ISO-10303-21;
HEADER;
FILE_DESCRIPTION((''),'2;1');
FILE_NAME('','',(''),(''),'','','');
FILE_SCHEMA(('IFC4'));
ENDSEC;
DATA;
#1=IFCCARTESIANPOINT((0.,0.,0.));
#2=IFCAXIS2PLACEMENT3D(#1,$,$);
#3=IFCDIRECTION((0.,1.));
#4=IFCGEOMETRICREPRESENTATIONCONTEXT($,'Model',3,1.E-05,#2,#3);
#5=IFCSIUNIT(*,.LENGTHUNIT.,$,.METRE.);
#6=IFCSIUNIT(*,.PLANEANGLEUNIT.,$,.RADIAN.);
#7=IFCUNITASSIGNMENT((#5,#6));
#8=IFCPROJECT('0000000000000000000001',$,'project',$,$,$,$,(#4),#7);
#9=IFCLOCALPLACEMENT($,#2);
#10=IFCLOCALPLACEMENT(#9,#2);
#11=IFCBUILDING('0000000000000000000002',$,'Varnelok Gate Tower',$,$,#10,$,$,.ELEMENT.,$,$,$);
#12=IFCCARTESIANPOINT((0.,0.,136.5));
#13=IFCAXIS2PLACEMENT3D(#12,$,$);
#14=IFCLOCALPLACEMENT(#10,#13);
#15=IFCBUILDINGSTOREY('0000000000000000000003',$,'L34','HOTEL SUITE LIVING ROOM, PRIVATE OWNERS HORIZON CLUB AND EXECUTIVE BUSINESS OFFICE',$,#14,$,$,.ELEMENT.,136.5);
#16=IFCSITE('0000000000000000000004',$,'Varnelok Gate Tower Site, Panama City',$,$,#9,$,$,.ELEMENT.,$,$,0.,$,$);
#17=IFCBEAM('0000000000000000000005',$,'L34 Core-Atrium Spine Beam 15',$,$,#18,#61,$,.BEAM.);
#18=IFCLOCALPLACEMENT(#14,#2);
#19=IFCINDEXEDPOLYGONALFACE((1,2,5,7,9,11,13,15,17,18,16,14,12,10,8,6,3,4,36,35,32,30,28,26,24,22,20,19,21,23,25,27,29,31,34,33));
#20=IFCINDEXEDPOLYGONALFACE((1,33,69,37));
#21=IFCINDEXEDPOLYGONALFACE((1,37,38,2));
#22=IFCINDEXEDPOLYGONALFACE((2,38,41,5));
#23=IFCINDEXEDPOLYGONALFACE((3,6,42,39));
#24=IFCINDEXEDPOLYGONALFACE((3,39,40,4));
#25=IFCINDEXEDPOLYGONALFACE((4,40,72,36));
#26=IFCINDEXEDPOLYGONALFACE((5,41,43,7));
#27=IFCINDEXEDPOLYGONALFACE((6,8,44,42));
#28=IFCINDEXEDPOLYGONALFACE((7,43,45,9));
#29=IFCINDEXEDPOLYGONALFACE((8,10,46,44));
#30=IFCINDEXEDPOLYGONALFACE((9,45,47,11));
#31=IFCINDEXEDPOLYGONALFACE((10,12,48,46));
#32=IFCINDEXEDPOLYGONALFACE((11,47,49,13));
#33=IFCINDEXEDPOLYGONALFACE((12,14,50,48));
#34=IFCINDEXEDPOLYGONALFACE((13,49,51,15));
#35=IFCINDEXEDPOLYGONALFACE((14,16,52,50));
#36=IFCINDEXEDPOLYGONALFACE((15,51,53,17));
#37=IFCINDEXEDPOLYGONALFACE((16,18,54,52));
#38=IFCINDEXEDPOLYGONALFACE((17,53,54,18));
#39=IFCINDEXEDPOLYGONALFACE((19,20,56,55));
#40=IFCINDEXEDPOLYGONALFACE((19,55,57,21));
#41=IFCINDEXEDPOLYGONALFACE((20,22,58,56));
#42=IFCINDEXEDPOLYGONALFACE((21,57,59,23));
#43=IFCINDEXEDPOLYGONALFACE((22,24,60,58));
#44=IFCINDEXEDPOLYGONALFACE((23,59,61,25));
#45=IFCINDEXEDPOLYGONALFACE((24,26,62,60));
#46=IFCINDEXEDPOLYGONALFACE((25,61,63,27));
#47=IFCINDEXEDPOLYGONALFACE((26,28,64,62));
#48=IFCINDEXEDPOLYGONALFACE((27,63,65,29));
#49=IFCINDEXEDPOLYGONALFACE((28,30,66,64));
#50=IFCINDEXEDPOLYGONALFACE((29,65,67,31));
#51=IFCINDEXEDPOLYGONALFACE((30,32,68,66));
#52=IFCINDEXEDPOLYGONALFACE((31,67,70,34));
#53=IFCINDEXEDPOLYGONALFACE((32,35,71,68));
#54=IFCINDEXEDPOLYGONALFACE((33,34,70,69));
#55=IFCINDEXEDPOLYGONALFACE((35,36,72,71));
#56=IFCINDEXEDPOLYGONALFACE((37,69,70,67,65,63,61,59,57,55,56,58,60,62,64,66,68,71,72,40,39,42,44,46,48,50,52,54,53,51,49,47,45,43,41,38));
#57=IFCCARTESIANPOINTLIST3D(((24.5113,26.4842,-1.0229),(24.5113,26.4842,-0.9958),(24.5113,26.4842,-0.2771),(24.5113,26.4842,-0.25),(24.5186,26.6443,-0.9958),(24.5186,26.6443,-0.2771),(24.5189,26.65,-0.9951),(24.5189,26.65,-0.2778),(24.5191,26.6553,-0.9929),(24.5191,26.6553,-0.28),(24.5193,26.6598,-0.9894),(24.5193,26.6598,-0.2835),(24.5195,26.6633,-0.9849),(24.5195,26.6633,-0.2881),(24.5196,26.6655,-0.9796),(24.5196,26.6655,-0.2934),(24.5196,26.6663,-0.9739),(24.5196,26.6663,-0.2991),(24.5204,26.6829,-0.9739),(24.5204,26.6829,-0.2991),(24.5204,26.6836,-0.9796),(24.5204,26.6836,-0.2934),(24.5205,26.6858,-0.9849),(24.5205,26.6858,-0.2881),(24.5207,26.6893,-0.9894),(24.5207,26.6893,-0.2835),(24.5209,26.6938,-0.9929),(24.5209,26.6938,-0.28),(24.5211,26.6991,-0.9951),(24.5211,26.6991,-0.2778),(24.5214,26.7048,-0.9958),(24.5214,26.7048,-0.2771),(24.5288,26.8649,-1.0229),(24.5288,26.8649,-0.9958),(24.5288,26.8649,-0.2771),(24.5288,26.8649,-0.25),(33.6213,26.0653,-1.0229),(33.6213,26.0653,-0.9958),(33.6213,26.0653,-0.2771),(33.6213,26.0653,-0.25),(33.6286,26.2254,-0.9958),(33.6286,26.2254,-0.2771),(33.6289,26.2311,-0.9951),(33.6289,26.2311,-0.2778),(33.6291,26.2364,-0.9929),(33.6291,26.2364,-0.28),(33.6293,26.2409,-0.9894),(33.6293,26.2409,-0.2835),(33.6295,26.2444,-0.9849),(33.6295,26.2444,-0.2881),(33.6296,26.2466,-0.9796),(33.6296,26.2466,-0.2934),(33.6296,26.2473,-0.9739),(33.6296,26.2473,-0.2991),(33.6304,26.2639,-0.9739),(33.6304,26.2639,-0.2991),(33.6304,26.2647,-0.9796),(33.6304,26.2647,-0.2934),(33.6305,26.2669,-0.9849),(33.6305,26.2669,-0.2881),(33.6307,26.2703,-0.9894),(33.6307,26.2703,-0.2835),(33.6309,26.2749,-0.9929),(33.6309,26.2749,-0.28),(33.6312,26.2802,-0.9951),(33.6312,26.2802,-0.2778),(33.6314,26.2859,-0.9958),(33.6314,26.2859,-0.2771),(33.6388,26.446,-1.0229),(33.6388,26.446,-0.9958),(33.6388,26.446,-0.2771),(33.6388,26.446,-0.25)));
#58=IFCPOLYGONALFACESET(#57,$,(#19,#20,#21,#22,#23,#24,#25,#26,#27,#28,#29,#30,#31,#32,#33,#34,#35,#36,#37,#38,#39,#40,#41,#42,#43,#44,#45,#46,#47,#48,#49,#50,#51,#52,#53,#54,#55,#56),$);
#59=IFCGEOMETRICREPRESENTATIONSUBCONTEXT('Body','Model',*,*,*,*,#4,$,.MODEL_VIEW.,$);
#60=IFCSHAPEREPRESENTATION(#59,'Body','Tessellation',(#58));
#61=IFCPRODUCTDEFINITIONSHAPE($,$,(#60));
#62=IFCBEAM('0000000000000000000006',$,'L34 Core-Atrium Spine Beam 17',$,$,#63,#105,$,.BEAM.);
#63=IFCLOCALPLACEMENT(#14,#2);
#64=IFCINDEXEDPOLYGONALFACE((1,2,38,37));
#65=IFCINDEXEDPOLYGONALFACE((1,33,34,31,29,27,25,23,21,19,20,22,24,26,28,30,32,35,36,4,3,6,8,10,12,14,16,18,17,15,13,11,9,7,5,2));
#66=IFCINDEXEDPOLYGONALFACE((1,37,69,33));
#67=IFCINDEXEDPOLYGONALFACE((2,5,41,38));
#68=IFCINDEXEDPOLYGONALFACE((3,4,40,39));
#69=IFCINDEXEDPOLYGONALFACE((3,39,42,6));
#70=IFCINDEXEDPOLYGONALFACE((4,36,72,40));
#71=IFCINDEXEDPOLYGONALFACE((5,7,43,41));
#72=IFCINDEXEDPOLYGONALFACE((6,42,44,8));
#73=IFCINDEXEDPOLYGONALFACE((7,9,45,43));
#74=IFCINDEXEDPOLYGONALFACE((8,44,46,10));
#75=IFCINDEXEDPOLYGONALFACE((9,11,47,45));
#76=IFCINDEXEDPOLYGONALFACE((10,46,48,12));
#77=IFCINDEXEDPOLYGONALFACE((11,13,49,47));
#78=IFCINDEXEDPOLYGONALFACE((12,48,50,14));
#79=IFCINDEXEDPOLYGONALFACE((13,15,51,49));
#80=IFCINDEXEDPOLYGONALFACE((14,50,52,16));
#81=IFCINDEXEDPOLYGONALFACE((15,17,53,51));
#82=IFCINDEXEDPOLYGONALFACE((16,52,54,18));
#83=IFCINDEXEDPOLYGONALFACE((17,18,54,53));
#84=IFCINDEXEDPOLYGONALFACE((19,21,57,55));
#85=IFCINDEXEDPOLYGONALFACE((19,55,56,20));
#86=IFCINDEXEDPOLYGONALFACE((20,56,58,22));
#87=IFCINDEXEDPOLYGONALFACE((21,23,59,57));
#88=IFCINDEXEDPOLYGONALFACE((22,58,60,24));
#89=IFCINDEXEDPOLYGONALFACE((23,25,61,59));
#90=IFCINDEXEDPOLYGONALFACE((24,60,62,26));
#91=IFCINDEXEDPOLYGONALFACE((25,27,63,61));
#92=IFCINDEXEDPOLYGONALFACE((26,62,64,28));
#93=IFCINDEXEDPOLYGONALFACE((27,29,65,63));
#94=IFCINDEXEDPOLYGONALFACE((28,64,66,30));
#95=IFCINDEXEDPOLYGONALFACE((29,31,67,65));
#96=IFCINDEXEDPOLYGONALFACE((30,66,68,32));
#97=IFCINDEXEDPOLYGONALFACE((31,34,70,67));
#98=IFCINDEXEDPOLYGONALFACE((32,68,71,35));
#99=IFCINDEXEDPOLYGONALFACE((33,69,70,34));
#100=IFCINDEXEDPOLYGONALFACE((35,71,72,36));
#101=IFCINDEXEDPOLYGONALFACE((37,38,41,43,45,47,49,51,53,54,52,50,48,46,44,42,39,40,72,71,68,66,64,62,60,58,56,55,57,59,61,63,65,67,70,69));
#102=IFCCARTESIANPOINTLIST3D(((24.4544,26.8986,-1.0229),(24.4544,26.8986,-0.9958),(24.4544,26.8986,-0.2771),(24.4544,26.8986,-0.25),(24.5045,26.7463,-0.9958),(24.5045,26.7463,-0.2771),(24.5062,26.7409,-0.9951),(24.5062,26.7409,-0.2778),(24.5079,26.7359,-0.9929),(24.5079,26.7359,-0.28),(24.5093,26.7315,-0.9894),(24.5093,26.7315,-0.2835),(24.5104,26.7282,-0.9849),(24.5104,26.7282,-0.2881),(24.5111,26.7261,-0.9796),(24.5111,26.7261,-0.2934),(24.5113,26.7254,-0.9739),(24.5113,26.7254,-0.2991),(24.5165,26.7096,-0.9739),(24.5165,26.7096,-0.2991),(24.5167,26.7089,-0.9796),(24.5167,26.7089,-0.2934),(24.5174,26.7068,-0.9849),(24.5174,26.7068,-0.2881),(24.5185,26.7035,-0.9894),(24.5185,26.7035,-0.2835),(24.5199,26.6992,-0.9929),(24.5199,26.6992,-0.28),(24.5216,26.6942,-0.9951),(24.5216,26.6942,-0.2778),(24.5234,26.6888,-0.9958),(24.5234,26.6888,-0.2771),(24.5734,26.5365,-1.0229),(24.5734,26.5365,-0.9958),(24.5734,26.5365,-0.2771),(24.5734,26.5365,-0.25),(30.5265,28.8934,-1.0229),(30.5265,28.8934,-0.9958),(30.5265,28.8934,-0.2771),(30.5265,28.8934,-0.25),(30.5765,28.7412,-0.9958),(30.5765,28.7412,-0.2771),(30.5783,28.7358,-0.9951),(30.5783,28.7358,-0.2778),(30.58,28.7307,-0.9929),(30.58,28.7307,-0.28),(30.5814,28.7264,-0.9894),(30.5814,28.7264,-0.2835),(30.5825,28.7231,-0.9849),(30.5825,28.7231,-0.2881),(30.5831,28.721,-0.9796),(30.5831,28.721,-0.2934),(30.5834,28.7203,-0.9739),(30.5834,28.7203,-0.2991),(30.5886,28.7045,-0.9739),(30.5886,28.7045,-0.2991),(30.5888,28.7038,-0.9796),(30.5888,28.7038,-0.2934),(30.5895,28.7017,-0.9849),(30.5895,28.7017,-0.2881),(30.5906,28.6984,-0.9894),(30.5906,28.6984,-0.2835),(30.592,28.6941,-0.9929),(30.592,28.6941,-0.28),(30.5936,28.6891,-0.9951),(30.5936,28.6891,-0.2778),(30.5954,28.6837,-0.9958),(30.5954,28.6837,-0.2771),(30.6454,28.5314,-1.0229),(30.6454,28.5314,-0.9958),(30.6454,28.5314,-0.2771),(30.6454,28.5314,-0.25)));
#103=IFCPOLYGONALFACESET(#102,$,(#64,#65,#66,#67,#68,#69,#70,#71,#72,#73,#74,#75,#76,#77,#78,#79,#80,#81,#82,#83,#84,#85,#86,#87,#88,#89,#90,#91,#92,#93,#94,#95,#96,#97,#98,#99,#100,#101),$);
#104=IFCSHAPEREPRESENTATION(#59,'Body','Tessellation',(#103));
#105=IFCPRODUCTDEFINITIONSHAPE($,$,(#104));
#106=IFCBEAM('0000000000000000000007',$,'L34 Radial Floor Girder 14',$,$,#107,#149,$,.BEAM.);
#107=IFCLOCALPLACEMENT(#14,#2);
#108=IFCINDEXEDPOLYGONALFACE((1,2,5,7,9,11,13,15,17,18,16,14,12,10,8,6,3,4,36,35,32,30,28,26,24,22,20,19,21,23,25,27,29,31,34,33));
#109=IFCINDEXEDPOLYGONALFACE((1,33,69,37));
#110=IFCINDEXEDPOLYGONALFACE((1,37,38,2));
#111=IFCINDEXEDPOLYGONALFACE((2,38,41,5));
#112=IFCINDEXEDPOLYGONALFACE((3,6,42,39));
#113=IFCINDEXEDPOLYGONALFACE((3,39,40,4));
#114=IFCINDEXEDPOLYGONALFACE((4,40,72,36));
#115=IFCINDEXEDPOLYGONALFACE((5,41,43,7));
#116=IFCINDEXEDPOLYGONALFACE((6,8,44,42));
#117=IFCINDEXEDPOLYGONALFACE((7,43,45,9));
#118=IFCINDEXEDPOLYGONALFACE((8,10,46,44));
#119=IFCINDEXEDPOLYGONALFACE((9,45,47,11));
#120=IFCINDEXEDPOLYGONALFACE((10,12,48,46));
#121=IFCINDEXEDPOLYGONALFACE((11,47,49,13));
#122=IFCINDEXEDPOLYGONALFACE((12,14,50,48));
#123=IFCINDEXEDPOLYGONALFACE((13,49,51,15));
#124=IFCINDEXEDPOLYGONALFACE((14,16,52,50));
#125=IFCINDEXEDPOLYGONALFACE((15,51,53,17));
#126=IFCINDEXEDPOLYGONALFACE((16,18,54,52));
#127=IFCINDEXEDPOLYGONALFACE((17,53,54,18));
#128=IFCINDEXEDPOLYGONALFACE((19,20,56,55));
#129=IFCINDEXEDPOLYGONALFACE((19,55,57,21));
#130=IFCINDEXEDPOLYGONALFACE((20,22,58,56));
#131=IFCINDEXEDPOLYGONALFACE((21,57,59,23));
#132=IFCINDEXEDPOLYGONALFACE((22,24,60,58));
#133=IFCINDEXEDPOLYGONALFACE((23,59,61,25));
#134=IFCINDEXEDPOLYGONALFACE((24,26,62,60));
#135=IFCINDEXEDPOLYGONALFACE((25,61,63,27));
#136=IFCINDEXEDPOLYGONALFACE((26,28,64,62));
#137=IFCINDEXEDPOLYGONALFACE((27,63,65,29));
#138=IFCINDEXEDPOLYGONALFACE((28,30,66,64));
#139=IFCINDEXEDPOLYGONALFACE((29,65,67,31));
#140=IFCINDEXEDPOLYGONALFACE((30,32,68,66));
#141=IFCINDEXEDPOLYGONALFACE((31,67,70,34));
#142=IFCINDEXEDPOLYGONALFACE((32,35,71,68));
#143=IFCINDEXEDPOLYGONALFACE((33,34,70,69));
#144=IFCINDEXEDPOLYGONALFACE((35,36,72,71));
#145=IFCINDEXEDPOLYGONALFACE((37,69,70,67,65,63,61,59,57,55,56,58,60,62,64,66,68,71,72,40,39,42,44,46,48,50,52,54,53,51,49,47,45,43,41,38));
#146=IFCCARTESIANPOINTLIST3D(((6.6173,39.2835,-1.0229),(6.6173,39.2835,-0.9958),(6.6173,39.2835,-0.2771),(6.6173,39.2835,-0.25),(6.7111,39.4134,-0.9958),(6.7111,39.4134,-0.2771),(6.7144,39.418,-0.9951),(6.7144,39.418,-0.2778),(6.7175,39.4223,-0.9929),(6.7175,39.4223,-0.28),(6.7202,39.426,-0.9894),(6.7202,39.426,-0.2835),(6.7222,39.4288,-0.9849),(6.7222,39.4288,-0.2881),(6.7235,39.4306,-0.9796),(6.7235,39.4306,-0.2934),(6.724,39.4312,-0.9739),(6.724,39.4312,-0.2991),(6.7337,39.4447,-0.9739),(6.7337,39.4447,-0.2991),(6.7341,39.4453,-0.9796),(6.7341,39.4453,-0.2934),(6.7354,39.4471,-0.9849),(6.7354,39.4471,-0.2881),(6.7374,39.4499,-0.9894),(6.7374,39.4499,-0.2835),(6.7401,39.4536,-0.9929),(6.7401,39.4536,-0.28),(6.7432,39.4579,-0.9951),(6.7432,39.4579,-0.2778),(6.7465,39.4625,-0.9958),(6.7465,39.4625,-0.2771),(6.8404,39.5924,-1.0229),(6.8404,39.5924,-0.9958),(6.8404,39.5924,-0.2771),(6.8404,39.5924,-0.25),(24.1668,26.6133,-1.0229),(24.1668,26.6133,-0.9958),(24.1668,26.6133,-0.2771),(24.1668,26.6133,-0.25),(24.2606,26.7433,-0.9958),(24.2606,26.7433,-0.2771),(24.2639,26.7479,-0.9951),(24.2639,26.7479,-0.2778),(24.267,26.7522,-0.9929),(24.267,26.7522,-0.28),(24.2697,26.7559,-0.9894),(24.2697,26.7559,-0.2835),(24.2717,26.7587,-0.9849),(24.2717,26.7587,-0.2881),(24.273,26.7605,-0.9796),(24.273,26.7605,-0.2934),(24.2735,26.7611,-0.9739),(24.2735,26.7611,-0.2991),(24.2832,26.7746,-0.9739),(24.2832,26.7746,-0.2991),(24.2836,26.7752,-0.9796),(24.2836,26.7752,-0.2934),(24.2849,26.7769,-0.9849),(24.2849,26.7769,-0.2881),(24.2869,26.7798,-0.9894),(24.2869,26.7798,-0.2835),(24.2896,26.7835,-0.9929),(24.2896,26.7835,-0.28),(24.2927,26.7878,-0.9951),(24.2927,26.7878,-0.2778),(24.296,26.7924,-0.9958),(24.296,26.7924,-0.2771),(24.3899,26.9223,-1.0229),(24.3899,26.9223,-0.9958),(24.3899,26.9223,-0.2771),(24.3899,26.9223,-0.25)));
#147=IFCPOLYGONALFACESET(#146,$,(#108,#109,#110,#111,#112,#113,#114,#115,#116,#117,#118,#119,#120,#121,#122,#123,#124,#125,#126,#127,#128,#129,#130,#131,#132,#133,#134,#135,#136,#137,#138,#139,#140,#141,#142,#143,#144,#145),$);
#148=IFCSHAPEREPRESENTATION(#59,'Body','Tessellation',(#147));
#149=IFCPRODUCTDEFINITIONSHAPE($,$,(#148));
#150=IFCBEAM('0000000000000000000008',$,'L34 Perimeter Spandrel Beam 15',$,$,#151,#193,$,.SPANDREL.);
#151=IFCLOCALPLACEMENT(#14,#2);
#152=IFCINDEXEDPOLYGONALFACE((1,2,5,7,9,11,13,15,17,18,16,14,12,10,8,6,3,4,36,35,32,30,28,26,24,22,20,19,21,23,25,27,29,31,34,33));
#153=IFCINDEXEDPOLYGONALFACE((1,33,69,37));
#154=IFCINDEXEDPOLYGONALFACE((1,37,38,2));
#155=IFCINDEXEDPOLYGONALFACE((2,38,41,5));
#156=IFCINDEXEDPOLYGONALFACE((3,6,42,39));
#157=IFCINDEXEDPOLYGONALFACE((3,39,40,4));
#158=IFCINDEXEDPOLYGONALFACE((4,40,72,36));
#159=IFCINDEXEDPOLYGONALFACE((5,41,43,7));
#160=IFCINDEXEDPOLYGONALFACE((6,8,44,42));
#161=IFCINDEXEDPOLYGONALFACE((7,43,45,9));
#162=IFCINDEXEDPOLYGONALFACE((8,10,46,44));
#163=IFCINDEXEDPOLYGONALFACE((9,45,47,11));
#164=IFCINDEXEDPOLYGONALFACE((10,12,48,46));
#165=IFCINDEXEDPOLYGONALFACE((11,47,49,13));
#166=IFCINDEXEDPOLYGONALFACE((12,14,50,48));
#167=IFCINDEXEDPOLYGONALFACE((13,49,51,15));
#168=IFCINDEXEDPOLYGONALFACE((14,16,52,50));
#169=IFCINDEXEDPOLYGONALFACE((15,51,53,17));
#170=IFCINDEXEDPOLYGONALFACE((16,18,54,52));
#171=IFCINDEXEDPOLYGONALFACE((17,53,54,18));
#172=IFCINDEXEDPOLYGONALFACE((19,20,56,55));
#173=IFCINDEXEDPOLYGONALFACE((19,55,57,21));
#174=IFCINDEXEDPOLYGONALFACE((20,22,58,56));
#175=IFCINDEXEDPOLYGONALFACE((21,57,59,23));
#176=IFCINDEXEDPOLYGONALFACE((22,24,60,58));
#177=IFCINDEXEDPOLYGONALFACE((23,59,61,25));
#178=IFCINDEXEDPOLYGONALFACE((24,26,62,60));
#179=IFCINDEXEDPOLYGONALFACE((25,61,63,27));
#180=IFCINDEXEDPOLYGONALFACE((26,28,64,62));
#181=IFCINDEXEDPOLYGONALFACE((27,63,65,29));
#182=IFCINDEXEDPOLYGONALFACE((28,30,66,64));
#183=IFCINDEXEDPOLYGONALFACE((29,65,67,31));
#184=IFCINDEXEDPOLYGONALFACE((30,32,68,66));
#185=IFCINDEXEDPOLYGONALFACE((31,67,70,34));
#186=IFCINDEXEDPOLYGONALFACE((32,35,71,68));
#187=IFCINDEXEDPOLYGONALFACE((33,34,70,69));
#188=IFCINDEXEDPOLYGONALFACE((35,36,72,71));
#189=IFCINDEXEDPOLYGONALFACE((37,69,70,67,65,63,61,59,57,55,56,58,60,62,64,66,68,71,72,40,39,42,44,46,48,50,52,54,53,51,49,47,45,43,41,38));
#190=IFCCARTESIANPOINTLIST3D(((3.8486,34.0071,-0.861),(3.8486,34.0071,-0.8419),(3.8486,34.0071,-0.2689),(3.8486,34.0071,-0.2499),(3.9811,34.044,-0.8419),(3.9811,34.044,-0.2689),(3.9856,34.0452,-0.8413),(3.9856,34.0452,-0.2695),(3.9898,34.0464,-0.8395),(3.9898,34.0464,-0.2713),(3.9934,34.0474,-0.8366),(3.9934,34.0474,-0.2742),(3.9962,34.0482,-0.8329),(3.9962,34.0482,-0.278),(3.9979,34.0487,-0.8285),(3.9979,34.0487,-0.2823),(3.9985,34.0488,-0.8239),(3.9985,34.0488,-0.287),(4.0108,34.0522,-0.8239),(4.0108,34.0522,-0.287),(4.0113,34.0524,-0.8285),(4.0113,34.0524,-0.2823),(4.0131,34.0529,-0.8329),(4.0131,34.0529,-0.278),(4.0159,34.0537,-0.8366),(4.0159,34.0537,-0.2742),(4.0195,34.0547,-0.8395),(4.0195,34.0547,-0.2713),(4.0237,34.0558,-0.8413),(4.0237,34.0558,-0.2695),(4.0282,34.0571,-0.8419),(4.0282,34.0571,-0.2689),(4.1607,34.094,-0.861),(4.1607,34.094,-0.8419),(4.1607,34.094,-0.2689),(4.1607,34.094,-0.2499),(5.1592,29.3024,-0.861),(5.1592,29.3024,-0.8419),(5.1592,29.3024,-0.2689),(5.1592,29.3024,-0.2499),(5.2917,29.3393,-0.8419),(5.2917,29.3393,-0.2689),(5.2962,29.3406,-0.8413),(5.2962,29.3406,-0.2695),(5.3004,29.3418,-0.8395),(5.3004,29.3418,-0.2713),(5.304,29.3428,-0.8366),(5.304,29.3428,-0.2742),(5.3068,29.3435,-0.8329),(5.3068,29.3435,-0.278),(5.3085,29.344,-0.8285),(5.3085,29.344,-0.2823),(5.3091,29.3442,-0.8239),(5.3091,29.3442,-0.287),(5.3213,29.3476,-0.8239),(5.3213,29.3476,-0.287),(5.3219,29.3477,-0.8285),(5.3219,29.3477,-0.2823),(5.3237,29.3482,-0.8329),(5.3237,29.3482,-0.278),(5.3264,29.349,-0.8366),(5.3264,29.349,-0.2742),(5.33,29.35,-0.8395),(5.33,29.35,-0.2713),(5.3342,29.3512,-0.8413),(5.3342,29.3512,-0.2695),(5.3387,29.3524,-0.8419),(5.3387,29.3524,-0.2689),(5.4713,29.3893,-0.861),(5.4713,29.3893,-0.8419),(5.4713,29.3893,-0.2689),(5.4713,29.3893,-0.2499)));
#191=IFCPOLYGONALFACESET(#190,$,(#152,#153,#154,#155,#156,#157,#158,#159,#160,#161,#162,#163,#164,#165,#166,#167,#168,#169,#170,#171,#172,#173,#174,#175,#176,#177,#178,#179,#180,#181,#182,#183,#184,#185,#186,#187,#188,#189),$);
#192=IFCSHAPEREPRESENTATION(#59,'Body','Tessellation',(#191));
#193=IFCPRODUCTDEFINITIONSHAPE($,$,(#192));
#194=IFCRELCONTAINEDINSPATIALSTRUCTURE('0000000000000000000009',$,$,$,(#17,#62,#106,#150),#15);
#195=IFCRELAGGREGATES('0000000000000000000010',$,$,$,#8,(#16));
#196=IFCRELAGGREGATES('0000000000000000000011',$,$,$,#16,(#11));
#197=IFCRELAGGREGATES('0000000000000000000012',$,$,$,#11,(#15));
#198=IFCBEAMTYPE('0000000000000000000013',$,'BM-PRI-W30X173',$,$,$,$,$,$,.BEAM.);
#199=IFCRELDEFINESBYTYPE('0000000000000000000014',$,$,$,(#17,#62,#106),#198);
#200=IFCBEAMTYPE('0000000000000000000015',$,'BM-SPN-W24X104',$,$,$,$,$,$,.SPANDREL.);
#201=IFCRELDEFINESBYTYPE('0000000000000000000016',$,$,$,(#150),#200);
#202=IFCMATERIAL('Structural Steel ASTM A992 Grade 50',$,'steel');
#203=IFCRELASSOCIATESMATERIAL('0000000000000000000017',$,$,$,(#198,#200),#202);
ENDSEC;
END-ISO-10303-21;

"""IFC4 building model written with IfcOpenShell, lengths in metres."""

from ifc_helpers import new_model, si_unit, direction, frame, origin, origin_2d, place, context, subcontext, project, spatial, i_section, extrude, material, material_profile, profile_set, type_object, element, save


model = new_model("IFC4")

# Units and contexts
model_context = context("Model", 3, precision=1e-05, world=origin(), true_north=direction((0.0, 1.0)))
body_context = subcontext(model_context, "Body", "Model", "MODEL_VIEW")
ifc_project = project(units=[si_unit("LENGTHUNIT", "METRE"), si_unit("PLANEANGLEUNIT", "RADIAN")], contexts=[model_context])

# Site, building, storey
site_placement = place(None, origin())
site = spatial("IfcSite", under=ifc_project, at=site_placement, Name="Varnelok Gate Tower Site, Panama City", CompositionType="ELEMENT", RefElevation=0.0)
building_placement = place(site_placement, origin())
building = spatial("IfcBuilding", under=site, at=building_placement, Name="Varnelok Gate Tower", CompositionType="ELEMENT")
storey_placement = place(building_placement, frame((0.0, 0.0, 136.5)))
storey = spatial("IfcBuildingStorey", under=building, at=storey_placement, Name="L34", Description="HOTEL SUITE LIVING ROOM, PRIVATE OWNERS HORIZON CLUB AND EXECUTIVE BUSINESS OFFICE", CompositionType="ELEMENT", Elevation=136.5)

# Shared definitions
ifc_material_1 = material(Name="Structural Steel ASTM A992 Grade 50", Category="steel")

# Beams
ifc_material_profile_1 = material_profile(ifc_material_1, i_section(OverallWidth=0.3811, OverallDepth=0.7729, WebThickness=0.0166, FlangeThickness=0.0271, FilletRadius=0.022, at=origin_2d()), Name="W30X173")
ifc_profile_set_1 = profile_set([ifc_material_profile_1], Name="Structural Steel ASTM A992 Grade 50")
beam_type_1 = type_object("IfcBeamType", Name="BM-PRI-W30X173", PredefinedType="BEAM", material=ifc_profile_set_1)
beam_1_placement = place(storey_placement, frame((24.52, 26.6746, -0.6365), z_axis=(0.998944, -0.045938, 0.0), x_axis=(0.045938, 0.998944, 0.0)))
element("IfcBeam", 1, at=beam_1_placement, inside=storey, type_object=beam_type_1, Name="L34 Core-Atrium Spine Beam 15", PredefinedType="BEAM", context=body_context, shape_type="SweptSolid", body=[
    extrude(i_section(OverallWidth=0.3811, OverallDepth=0.7729, WebThickness=0.0166, FlangeThickness=0.0271, FilletRadius=0.022, at=origin_2d()), origin(), (0.0, 0.0, 1.0), 9.1196),
])
beam_2_placement = place(storey_placement, frame((24.5139, 26.7175, -0.6365), z_axis=(0.950042, 0.312122, 0.0), x_axis=(-0.312122, 0.950042, 0.0)))
element("IfcBeam", 2, at=beam_2_placement, inside=storey, type_object=beam_type_1, Name="L34 Core-Atrium Spine Beam 17", PredefinedType="BEAM", context=body_context, shape_type="SweptSolid", body=[
    extrude(i_section(OverallWidth=0.3811, OverallDepth=0.7729, WebThickness=0.0166, FlangeThickness=0.0271, FilletRadius=0.022, at=origin_2d()), origin(), (0.0, 0.0, 1.0), 6.3914),
])
beam_3_placement = place(storey_placement, frame((24.2783, 26.7678, -0.6365), z_axis=(-0.810778, 0.585353, 0.0), x_axis=(-0.585353, -0.810778, 0.0)))
element("IfcBeam", 3, at=beam_3_placement, inside=storey, type_object=beam_type_1, Name="L34 Radial Floor Girder 14", PredefinedType="BEAM", context=body_context, shape_type="SweptSolid", body=[
    extrude(i_section(OverallWidth=0.3811, OverallDepth=0.7729, WebThickness=0.0166, FlangeThickness=0.0271, FilletRadius=0.022, at=origin_2d()), origin(), (0.0, 0.0, 1.0), 21.6453),
])
ifc_material_profile_2 = material_profile(ifc_material_1, i_section(OverallWidth=0.324, OverallDepth=0.6111, WebThickness=0.0127, FlangeThickness=0.019, FilletRadius=0.0181, at=origin_2d()), Name="W24X104")
ifc_profile_set_2 = profile_set([ifc_material_profile_2], Name="Structural Steel ASTM A992 Grade 50")
beam_type_2 = type_object("IfcBeamType", Name="BM-SPN-W24X104", PredefinedType="SPANDREL", material=ifc_profile_set_2)
beam_4_placement = place(storey_placement, frame((4.0046, 34.0505, -0.5554), z_axis=(0.26835, -0.963321, 0.0), x_axis=(0.963321, 0.26835, 0.0)))
element("IfcBeam", 4, at=beam_4_placement, inside=storey, type_object=beam_type_2, Name="L34 Perimeter Spandrel Beam 15", PredefinedType="SPANDREL", context=body_context, shape_type="SweptSolid", body=[
    extrude(i_section(OverallWidth=0.324, OverallDepth=0.6111, WebThickness=0.0127, FlangeThickness=0.019, FilletRadius=0.0181, at=origin_2d()), origin(), (0.0, 0.0, 1.0), 4.8838),
])

save(model, "model.ifc")
